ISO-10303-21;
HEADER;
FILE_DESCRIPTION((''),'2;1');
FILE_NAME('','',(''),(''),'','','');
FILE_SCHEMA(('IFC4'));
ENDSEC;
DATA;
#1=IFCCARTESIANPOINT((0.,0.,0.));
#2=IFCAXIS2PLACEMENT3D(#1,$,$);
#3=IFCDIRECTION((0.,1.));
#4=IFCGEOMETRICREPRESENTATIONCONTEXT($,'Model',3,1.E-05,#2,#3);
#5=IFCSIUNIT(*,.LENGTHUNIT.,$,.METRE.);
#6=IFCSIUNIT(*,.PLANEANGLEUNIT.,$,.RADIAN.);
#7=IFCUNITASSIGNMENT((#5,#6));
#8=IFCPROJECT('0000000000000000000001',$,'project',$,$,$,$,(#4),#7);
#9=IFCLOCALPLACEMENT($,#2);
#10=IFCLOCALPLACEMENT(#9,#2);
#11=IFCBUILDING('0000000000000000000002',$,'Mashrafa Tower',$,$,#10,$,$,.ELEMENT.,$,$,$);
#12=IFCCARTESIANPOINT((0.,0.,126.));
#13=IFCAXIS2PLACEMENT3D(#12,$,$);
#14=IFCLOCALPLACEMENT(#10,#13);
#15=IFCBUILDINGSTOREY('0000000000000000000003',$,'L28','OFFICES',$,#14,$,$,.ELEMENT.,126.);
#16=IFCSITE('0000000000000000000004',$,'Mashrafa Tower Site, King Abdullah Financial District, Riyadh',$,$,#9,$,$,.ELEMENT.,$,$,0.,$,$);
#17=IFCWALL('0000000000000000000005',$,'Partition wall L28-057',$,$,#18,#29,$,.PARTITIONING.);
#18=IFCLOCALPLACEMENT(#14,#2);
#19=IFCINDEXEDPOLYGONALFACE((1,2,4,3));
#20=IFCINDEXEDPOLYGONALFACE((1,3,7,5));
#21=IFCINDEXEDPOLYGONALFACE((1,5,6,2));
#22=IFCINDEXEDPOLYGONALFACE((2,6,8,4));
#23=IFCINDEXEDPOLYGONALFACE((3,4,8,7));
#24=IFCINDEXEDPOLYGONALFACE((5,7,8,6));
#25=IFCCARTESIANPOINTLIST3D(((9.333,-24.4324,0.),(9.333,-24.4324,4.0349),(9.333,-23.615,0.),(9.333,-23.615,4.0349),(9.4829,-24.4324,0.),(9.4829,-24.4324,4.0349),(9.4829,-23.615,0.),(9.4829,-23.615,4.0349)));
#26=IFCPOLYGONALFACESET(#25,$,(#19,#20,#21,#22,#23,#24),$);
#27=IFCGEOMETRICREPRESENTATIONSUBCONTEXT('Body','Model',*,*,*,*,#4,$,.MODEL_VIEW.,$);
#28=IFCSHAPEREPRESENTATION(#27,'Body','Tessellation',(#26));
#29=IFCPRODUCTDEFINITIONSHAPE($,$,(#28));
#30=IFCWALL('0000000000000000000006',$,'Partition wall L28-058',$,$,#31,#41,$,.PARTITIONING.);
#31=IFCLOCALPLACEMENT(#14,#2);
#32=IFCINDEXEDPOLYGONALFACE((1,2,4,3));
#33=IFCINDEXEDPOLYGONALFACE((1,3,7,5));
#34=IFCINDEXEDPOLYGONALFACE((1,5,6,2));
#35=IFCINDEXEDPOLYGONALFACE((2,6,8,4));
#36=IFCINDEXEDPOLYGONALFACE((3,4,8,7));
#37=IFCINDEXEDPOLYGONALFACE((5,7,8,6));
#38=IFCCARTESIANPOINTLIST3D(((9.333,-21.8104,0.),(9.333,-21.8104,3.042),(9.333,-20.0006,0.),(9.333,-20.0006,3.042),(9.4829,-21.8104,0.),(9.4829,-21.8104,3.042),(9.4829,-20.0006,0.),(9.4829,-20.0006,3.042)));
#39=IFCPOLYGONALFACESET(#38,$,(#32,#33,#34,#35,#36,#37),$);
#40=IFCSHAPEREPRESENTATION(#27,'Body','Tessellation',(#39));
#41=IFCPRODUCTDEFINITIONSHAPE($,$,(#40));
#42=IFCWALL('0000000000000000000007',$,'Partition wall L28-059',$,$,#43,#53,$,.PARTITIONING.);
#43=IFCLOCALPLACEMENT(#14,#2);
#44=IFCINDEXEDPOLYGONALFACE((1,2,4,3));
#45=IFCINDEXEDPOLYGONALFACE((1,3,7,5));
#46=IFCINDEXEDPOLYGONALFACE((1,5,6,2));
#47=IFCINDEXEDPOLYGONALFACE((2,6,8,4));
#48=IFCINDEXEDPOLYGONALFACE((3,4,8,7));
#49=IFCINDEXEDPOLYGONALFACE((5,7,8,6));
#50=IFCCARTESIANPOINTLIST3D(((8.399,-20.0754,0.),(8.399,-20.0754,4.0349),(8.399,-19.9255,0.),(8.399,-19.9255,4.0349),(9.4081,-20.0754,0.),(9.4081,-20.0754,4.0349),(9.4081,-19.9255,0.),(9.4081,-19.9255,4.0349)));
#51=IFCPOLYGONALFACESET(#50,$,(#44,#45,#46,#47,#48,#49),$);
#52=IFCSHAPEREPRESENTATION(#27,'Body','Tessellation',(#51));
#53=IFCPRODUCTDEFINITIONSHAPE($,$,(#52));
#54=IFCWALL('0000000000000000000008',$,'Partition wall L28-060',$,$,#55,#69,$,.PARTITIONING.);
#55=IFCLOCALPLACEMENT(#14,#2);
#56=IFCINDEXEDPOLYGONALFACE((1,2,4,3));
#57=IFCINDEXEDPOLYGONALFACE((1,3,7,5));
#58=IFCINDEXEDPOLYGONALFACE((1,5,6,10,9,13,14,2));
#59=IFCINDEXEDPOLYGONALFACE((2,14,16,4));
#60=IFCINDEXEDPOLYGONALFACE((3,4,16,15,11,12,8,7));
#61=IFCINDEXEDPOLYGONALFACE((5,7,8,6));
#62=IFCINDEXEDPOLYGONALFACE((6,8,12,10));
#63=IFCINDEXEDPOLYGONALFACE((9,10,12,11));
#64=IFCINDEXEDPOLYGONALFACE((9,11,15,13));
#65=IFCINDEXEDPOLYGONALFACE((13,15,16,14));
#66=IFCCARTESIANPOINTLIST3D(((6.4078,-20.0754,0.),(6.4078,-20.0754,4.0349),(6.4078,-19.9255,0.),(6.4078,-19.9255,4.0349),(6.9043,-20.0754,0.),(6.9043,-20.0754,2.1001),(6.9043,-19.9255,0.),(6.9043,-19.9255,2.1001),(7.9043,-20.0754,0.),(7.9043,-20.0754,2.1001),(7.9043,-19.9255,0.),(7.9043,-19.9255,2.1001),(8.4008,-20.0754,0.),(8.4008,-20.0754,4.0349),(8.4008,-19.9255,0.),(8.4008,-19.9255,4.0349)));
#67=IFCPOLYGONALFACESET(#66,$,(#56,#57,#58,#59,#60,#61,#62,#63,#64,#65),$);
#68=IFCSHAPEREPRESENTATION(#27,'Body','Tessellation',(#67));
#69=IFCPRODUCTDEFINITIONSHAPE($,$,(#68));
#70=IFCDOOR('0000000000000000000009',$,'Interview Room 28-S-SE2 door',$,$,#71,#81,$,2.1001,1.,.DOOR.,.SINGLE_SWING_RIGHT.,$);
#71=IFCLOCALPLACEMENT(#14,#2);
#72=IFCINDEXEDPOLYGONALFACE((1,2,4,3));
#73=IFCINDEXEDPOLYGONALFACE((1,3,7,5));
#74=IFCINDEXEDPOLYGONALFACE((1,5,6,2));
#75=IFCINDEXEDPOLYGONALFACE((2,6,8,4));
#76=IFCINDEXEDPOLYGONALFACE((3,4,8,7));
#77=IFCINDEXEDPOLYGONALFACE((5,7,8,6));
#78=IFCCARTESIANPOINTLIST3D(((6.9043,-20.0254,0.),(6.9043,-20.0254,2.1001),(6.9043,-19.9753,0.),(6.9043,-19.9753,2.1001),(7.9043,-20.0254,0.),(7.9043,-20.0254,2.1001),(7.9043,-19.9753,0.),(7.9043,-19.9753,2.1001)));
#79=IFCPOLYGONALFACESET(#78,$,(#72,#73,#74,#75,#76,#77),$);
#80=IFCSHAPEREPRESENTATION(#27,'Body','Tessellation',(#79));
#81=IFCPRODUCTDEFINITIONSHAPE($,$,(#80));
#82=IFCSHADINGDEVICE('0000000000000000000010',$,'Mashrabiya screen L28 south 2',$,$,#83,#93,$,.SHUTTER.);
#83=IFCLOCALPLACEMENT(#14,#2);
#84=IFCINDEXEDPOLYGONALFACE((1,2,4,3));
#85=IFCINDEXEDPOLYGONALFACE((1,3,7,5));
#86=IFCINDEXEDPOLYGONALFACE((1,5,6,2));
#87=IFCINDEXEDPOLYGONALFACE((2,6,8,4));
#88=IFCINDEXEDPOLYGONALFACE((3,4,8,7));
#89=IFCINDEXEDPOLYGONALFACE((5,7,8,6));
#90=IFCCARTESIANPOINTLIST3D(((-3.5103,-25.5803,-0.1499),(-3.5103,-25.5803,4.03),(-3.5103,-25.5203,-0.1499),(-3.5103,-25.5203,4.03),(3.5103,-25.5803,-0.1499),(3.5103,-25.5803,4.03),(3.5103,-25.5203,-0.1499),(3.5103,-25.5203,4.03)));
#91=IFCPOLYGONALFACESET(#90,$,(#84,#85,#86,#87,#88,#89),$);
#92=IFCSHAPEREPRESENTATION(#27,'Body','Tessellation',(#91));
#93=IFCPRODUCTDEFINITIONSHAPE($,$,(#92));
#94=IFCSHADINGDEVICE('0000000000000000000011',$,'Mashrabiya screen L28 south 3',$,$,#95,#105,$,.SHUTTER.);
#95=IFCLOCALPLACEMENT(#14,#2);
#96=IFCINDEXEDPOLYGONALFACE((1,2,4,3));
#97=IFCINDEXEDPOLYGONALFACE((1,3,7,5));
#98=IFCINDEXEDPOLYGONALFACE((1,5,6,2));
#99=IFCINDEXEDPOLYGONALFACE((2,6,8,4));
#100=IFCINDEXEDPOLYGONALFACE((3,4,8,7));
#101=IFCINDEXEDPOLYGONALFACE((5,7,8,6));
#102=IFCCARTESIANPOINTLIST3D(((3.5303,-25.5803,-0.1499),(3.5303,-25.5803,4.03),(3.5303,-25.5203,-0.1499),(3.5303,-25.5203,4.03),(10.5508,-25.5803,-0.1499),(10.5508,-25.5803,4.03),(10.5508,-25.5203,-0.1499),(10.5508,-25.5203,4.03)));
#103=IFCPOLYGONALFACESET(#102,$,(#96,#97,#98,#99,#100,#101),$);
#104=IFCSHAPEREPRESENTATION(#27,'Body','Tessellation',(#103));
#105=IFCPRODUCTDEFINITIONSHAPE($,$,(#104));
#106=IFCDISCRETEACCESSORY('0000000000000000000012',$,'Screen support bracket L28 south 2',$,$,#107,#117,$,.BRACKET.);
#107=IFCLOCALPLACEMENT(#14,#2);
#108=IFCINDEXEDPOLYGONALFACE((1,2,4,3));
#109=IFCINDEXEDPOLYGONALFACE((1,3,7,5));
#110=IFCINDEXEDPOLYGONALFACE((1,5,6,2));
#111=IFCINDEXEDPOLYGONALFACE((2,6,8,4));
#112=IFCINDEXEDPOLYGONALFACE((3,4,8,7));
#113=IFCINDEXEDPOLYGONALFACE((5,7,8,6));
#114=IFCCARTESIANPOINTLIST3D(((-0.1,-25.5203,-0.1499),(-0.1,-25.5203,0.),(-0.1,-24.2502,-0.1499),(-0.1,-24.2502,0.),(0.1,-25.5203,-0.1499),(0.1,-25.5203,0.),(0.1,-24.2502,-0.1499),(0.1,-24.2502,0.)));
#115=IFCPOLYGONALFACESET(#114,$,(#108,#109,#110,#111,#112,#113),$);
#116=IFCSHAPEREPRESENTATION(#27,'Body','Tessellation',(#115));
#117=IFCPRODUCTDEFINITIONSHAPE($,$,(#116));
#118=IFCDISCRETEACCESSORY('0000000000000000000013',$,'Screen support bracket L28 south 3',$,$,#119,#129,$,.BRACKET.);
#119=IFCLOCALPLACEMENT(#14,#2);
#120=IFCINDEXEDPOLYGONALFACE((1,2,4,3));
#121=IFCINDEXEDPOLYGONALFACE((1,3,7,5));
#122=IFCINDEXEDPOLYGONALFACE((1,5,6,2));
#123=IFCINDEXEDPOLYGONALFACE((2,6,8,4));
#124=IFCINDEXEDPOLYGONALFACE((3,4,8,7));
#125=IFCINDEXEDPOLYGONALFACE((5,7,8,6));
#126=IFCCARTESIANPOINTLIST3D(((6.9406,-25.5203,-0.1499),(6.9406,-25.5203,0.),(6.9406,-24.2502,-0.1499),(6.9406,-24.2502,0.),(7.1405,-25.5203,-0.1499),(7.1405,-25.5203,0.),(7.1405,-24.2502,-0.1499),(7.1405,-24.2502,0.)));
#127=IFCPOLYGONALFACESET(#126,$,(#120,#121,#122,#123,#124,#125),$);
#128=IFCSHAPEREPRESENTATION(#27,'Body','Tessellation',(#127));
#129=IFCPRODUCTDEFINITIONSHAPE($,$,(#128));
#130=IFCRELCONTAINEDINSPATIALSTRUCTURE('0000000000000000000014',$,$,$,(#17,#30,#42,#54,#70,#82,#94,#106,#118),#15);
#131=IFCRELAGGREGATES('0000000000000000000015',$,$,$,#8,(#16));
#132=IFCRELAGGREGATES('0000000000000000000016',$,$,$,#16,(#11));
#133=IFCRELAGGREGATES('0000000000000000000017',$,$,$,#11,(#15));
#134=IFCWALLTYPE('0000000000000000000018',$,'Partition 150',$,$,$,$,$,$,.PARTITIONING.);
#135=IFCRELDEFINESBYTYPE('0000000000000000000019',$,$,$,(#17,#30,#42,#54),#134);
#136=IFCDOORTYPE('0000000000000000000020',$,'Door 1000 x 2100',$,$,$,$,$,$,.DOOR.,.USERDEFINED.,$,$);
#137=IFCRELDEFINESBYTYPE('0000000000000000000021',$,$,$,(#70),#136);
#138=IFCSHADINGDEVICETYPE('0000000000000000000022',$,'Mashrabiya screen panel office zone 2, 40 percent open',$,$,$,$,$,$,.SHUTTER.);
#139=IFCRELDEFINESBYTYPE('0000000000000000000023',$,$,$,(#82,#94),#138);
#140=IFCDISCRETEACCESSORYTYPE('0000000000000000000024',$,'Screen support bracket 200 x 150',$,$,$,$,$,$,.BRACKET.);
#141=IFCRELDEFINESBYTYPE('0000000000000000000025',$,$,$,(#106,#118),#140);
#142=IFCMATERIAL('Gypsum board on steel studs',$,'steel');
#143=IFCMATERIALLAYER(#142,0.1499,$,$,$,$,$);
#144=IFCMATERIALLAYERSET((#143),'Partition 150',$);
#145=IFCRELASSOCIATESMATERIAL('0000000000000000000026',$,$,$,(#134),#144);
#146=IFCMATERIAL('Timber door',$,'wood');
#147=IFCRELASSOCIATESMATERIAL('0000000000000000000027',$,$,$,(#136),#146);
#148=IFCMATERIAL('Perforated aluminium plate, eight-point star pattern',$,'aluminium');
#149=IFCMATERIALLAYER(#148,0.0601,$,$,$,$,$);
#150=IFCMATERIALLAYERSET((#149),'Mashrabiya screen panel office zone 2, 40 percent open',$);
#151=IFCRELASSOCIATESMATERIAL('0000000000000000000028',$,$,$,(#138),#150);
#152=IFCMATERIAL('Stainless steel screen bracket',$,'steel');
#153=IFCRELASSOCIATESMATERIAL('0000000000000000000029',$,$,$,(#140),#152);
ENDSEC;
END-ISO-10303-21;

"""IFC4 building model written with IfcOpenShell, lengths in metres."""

from ifc_helpers import new_model, si_unit, direction, frame, frame_2d, origin, origin_2d, place, context, subcontext, project, spatial, rectangle, extrude, source, transform, mapped, material, layer, layer_set, type_object, type_shapes, element, fill, save


model = new_model("IFC4")

# Units and contexts
model_context = context("Model", 3, precision=1e-05, world=origin(), true_north=direction((0.0, 1.0)))
body_context = subcontext(model_context, "Body", "Model", "MODEL_VIEW")
ifc_project = project(units=[si_unit("LENGTHUNIT", "METRE"), si_unit("PLANEANGLEUNIT", "RADIAN")], contexts=[model_context])

# Site, building, storey
site_placement = place(None, origin())
site = spatial("IfcSite", under=ifc_project, at=site_placement, Name="Mashrafa Tower Site, King Abdullah Financial District, Riyadh", CompositionType="ELEMENT", RefElevation=0.0)
building_placement = place(site_placement, origin())
building = spatial("IfcBuilding", under=site, at=building_placement, Name="Mashrafa Tower", CompositionType="ELEMENT")
storey_placement = place(building_placement, frame((0.0, 0.0, 126.0)))
storey = spatial("IfcBuildingStorey", under=building, at=storey_placement, Name="L28", Description="OFFICES", CompositionType="ELEMENT", Elevation=126.0)

# Walls
ifc_material_1 = material(Name="Gypsum board on steel studs", Category="steel")
ifc_layer_1 = layer(ifc_material_1, 0.1499)
ifc_layer_set_1 = layer_set([ifc_layer_1], Name="Partition 150")
wall_type_1 = type_object("IfcWallType", Name="Partition 150", PredefinedType="PARTITIONING", material=ifc_layer_set_1)
wall_1_placement = place(storey_placement, frame((9.408, -24.4324, 0.0), z_axis=(0.0, 0.0, 1.0), x_axis=(0.0, 1.0, 0.0)))
element("IfcWall", 1, at=wall_1_placement, inside=storey, type_object=wall_type_1, Name="Partition wall L28-057", PredefinedType="PARTITIONING", context=body_context, shape_type="SweptSolid", body=[
    extrude(rectangle(XDim=0.8174, YDim=0.1499, at=frame_2d((0.4087, 0.0))), origin(), (0.0, 0.0, 1.0), 4.0349),
])
wall_2_placement = place(storey_placement, frame((9.408, -21.8103, 0.0), z_axis=(0.0, 0.0, 1.0), x_axis=(0.0, 1.0, 0.0)))
element("IfcWall", 2, at=wall_2_placement, inside=storey, type_object=wall_type_1, Name="Partition wall L28-058", PredefinedType="PARTITIONING", context=body_context, shape_type="SweptSolid", body=[
    extrude(rectangle(XDim=1.8098, YDim=0.1499, at=frame_2d((0.9048, 0.0))), origin(), (0.0, 0.0, 1.0), 3.042),
])
wall_3_placement = place(storey_placement, frame((9.408, -20.0005, 0.0), z_axis=(0.0, 0.0, 1.0), x_axis=(-1.0, 0.0, 0.0)))
element("IfcWall", 3, at=wall_3_placement, inside=storey, type_object=wall_type_1, Name="Partition wall L28-059", PredefinedType="PARTITIONING", context=body_context, shape_type="SweptSolid", body=[
    extrude(rectangle(XDim=1.009, YDim=0.1499, at=frame_2d((0.5044, 0.0))), origin(), (0.0, 0.0, 1.0), 4.0349),
])

# Wall, opening, door
wall_4_placement = place(storey_placement, frame((8.4009, -20.0005, 0.0), z_axis=(0.0, 0.0, 1.0), x_axis=(-1.0, 0.0, 0.0)))
wall_4 = element("IfcWall", 4, at=wall_4_placement, inside=storey, type_object=wall_type_1, Name="Partition wall L28-060", PredefinedType="PARTITIONING", context=body_context, shape_type="SweptSolid", body=[
    extrude(rectangle(XDim=1.9929, YDim=0.1499, at=frame_2d((0.9966, 0.0))), origin(), (0.0, 0.0, 1.0), 4.0349),
])
opening_1_placement = place(wall_4_placement, frame((0.4966, 0.0, 0.0)))
opening_1 = element("IfcOpeningElement", 5, at=opening_1_placement, cuts=wall_4, PredefinedType="OPENING", context=body_context, shape_type="SweptSolid", body=[
    extrude(rectangle(XDim=1.0, YDim=2.1001, at=frame_2d((0.5, 1.05))), frame((0.0, 0.085, 0.0), z_axis=(0.0, -1.0, 0.0), x_axis=(1.0, 0.0, 0.0)), (0.0, 0.0, 1.0), 0.1699),
])
ifc_material_2 = material(Name="Timber door", Category="wood")
door_type_1 = type_object("IfcDoorType", Name="Door 1000 x 2100", OperationType="USERDEFINED", PredefinedType="DOOR", material=ifc_material_2)
door_1_placement = place(opening_1_placement, origin())
door_1 = element("IfcDoor", 6, at=door_1_placement, inside=storey, type_object=door_type_1, Name="Interview Room 28-S-SE2 door", OperationType="SINGLE_SWING_RIGHT", OverallHeight=2.1001, OverallWidth=1.0, PredefinedType="DOOR", context=body_context, shape_type="SweptSolid", body=[
    extrude(rectangle(XDim=1.0, YDim=2.1001, at=frame_2d((0.5, 1.05))), frame((0.0, 0.0249, 0.0), z_axis=(0.0, -1.0, 0.0), x_axis=(1.0, 0.0, 0.0)), (0.0, 0.0, 1.0), 0.05),
])
fill(opening_1, door_1)

# Shading devices
ifc_material_3 = material(Name="Perforated aluminium plate, eight-point star pattern", Category="aluminium")
ifc_layer_2 = layer(ifc_material_3, 0.0601)
ifc_layer_set_2 = layer_set([ifc_layer_2], Name="Mashrabiya screen panel office zone 2, 40 percent open")
shading_device_type = type_object("IfcShadingDeviceType", Name="Mashrabiya screen panel office zone 2, 40 percent open", PredefinedType="SHUTTER", material=ifc_layer_set_2)
shared_shape_1 = source(origin(), body_context, "Body", "SweptSolid", [
    extrude(rectangle(XDim=7.0205, YDim=0.0601, at=origin_2d()), origin(), (0.0, 0.0, 1.0), 4.1799),
])
type_shapes(shading_device_type, [shared_shape_1])
for number, where, z_axis, x_axis, name in (
    (7, (0.0, -25.5503, -0.1499), (0.0, 0.0, 1.0), (1.0, 0.0, 0.0), "Mashrabiya screen L28 south 2"),
    (8, (7.0405, -25.5503, -0.1499), (0.0, 0.0, 1.0), (1.0, 0.0, 0.0), "Mashrabiya screen L28 south 3"),
):
    element("IfcShadingDevice", number, at=place(storey_placement, frame(where, z_axis=z_axis, x_axis=x_axis)), inside=storey, type_object=shading_device_type, Name=name, PredefinedType="SHUTTER", context=body_context, shape_type="MappedRepresentation", body=[
        mapped(shared_shape_1, transform((0.0, 0.0, 0.0))),
    ])

# Discrete accessories
ifc_material_4 = material(Name="Stainless steel screen bracket", Category="steel")
discrete_accessory_type = type_object("IfcDiscreteAccessoryType", Name="Screen support bracket 200 x 150", PredefinedType="BRACKET", material=ifc_material_4)
shared_shape_2 = source(origin(), body_context, "Body", "SweptSolid", [
    extrude(rectangle(XDim=0.2, YDim=1.27, at=origin_2d()), origin(), (0.0, 0.0, 1.0), 0.1499),
])
type_shapes(discrete_accessory_type, [shared_shape_2])
for number, where, z_axis, x_axis, name in (
    (9, (0.0, -24.8853, -0.1499), (0.0, 0.0, 1.0), (1.0, 0.0, 0.0), "Screen support bracket L28 south 2"),
    (10, (7.0405, -24.8853, -0.1499), (0.0, 0.0, 1.0), (1.0, 0.0, 0.0), "Screen support bracket L28 south 3"),
):
    element("IfcDiscreteAccessory", number, at=place(storey_placement, frame(where, z_axis=z_axis, x_axis=x_axis)), inside=storey, type_object=discrete_accessory_type, Name=name, PredefinedType="BRACKET", context=body_context, shape_type="MappedRepresentation", body=[
        mapped(shared_shape_2, transform((0.0, 0.0, 0.0))),
    ])

save(model, "model.ifc")
